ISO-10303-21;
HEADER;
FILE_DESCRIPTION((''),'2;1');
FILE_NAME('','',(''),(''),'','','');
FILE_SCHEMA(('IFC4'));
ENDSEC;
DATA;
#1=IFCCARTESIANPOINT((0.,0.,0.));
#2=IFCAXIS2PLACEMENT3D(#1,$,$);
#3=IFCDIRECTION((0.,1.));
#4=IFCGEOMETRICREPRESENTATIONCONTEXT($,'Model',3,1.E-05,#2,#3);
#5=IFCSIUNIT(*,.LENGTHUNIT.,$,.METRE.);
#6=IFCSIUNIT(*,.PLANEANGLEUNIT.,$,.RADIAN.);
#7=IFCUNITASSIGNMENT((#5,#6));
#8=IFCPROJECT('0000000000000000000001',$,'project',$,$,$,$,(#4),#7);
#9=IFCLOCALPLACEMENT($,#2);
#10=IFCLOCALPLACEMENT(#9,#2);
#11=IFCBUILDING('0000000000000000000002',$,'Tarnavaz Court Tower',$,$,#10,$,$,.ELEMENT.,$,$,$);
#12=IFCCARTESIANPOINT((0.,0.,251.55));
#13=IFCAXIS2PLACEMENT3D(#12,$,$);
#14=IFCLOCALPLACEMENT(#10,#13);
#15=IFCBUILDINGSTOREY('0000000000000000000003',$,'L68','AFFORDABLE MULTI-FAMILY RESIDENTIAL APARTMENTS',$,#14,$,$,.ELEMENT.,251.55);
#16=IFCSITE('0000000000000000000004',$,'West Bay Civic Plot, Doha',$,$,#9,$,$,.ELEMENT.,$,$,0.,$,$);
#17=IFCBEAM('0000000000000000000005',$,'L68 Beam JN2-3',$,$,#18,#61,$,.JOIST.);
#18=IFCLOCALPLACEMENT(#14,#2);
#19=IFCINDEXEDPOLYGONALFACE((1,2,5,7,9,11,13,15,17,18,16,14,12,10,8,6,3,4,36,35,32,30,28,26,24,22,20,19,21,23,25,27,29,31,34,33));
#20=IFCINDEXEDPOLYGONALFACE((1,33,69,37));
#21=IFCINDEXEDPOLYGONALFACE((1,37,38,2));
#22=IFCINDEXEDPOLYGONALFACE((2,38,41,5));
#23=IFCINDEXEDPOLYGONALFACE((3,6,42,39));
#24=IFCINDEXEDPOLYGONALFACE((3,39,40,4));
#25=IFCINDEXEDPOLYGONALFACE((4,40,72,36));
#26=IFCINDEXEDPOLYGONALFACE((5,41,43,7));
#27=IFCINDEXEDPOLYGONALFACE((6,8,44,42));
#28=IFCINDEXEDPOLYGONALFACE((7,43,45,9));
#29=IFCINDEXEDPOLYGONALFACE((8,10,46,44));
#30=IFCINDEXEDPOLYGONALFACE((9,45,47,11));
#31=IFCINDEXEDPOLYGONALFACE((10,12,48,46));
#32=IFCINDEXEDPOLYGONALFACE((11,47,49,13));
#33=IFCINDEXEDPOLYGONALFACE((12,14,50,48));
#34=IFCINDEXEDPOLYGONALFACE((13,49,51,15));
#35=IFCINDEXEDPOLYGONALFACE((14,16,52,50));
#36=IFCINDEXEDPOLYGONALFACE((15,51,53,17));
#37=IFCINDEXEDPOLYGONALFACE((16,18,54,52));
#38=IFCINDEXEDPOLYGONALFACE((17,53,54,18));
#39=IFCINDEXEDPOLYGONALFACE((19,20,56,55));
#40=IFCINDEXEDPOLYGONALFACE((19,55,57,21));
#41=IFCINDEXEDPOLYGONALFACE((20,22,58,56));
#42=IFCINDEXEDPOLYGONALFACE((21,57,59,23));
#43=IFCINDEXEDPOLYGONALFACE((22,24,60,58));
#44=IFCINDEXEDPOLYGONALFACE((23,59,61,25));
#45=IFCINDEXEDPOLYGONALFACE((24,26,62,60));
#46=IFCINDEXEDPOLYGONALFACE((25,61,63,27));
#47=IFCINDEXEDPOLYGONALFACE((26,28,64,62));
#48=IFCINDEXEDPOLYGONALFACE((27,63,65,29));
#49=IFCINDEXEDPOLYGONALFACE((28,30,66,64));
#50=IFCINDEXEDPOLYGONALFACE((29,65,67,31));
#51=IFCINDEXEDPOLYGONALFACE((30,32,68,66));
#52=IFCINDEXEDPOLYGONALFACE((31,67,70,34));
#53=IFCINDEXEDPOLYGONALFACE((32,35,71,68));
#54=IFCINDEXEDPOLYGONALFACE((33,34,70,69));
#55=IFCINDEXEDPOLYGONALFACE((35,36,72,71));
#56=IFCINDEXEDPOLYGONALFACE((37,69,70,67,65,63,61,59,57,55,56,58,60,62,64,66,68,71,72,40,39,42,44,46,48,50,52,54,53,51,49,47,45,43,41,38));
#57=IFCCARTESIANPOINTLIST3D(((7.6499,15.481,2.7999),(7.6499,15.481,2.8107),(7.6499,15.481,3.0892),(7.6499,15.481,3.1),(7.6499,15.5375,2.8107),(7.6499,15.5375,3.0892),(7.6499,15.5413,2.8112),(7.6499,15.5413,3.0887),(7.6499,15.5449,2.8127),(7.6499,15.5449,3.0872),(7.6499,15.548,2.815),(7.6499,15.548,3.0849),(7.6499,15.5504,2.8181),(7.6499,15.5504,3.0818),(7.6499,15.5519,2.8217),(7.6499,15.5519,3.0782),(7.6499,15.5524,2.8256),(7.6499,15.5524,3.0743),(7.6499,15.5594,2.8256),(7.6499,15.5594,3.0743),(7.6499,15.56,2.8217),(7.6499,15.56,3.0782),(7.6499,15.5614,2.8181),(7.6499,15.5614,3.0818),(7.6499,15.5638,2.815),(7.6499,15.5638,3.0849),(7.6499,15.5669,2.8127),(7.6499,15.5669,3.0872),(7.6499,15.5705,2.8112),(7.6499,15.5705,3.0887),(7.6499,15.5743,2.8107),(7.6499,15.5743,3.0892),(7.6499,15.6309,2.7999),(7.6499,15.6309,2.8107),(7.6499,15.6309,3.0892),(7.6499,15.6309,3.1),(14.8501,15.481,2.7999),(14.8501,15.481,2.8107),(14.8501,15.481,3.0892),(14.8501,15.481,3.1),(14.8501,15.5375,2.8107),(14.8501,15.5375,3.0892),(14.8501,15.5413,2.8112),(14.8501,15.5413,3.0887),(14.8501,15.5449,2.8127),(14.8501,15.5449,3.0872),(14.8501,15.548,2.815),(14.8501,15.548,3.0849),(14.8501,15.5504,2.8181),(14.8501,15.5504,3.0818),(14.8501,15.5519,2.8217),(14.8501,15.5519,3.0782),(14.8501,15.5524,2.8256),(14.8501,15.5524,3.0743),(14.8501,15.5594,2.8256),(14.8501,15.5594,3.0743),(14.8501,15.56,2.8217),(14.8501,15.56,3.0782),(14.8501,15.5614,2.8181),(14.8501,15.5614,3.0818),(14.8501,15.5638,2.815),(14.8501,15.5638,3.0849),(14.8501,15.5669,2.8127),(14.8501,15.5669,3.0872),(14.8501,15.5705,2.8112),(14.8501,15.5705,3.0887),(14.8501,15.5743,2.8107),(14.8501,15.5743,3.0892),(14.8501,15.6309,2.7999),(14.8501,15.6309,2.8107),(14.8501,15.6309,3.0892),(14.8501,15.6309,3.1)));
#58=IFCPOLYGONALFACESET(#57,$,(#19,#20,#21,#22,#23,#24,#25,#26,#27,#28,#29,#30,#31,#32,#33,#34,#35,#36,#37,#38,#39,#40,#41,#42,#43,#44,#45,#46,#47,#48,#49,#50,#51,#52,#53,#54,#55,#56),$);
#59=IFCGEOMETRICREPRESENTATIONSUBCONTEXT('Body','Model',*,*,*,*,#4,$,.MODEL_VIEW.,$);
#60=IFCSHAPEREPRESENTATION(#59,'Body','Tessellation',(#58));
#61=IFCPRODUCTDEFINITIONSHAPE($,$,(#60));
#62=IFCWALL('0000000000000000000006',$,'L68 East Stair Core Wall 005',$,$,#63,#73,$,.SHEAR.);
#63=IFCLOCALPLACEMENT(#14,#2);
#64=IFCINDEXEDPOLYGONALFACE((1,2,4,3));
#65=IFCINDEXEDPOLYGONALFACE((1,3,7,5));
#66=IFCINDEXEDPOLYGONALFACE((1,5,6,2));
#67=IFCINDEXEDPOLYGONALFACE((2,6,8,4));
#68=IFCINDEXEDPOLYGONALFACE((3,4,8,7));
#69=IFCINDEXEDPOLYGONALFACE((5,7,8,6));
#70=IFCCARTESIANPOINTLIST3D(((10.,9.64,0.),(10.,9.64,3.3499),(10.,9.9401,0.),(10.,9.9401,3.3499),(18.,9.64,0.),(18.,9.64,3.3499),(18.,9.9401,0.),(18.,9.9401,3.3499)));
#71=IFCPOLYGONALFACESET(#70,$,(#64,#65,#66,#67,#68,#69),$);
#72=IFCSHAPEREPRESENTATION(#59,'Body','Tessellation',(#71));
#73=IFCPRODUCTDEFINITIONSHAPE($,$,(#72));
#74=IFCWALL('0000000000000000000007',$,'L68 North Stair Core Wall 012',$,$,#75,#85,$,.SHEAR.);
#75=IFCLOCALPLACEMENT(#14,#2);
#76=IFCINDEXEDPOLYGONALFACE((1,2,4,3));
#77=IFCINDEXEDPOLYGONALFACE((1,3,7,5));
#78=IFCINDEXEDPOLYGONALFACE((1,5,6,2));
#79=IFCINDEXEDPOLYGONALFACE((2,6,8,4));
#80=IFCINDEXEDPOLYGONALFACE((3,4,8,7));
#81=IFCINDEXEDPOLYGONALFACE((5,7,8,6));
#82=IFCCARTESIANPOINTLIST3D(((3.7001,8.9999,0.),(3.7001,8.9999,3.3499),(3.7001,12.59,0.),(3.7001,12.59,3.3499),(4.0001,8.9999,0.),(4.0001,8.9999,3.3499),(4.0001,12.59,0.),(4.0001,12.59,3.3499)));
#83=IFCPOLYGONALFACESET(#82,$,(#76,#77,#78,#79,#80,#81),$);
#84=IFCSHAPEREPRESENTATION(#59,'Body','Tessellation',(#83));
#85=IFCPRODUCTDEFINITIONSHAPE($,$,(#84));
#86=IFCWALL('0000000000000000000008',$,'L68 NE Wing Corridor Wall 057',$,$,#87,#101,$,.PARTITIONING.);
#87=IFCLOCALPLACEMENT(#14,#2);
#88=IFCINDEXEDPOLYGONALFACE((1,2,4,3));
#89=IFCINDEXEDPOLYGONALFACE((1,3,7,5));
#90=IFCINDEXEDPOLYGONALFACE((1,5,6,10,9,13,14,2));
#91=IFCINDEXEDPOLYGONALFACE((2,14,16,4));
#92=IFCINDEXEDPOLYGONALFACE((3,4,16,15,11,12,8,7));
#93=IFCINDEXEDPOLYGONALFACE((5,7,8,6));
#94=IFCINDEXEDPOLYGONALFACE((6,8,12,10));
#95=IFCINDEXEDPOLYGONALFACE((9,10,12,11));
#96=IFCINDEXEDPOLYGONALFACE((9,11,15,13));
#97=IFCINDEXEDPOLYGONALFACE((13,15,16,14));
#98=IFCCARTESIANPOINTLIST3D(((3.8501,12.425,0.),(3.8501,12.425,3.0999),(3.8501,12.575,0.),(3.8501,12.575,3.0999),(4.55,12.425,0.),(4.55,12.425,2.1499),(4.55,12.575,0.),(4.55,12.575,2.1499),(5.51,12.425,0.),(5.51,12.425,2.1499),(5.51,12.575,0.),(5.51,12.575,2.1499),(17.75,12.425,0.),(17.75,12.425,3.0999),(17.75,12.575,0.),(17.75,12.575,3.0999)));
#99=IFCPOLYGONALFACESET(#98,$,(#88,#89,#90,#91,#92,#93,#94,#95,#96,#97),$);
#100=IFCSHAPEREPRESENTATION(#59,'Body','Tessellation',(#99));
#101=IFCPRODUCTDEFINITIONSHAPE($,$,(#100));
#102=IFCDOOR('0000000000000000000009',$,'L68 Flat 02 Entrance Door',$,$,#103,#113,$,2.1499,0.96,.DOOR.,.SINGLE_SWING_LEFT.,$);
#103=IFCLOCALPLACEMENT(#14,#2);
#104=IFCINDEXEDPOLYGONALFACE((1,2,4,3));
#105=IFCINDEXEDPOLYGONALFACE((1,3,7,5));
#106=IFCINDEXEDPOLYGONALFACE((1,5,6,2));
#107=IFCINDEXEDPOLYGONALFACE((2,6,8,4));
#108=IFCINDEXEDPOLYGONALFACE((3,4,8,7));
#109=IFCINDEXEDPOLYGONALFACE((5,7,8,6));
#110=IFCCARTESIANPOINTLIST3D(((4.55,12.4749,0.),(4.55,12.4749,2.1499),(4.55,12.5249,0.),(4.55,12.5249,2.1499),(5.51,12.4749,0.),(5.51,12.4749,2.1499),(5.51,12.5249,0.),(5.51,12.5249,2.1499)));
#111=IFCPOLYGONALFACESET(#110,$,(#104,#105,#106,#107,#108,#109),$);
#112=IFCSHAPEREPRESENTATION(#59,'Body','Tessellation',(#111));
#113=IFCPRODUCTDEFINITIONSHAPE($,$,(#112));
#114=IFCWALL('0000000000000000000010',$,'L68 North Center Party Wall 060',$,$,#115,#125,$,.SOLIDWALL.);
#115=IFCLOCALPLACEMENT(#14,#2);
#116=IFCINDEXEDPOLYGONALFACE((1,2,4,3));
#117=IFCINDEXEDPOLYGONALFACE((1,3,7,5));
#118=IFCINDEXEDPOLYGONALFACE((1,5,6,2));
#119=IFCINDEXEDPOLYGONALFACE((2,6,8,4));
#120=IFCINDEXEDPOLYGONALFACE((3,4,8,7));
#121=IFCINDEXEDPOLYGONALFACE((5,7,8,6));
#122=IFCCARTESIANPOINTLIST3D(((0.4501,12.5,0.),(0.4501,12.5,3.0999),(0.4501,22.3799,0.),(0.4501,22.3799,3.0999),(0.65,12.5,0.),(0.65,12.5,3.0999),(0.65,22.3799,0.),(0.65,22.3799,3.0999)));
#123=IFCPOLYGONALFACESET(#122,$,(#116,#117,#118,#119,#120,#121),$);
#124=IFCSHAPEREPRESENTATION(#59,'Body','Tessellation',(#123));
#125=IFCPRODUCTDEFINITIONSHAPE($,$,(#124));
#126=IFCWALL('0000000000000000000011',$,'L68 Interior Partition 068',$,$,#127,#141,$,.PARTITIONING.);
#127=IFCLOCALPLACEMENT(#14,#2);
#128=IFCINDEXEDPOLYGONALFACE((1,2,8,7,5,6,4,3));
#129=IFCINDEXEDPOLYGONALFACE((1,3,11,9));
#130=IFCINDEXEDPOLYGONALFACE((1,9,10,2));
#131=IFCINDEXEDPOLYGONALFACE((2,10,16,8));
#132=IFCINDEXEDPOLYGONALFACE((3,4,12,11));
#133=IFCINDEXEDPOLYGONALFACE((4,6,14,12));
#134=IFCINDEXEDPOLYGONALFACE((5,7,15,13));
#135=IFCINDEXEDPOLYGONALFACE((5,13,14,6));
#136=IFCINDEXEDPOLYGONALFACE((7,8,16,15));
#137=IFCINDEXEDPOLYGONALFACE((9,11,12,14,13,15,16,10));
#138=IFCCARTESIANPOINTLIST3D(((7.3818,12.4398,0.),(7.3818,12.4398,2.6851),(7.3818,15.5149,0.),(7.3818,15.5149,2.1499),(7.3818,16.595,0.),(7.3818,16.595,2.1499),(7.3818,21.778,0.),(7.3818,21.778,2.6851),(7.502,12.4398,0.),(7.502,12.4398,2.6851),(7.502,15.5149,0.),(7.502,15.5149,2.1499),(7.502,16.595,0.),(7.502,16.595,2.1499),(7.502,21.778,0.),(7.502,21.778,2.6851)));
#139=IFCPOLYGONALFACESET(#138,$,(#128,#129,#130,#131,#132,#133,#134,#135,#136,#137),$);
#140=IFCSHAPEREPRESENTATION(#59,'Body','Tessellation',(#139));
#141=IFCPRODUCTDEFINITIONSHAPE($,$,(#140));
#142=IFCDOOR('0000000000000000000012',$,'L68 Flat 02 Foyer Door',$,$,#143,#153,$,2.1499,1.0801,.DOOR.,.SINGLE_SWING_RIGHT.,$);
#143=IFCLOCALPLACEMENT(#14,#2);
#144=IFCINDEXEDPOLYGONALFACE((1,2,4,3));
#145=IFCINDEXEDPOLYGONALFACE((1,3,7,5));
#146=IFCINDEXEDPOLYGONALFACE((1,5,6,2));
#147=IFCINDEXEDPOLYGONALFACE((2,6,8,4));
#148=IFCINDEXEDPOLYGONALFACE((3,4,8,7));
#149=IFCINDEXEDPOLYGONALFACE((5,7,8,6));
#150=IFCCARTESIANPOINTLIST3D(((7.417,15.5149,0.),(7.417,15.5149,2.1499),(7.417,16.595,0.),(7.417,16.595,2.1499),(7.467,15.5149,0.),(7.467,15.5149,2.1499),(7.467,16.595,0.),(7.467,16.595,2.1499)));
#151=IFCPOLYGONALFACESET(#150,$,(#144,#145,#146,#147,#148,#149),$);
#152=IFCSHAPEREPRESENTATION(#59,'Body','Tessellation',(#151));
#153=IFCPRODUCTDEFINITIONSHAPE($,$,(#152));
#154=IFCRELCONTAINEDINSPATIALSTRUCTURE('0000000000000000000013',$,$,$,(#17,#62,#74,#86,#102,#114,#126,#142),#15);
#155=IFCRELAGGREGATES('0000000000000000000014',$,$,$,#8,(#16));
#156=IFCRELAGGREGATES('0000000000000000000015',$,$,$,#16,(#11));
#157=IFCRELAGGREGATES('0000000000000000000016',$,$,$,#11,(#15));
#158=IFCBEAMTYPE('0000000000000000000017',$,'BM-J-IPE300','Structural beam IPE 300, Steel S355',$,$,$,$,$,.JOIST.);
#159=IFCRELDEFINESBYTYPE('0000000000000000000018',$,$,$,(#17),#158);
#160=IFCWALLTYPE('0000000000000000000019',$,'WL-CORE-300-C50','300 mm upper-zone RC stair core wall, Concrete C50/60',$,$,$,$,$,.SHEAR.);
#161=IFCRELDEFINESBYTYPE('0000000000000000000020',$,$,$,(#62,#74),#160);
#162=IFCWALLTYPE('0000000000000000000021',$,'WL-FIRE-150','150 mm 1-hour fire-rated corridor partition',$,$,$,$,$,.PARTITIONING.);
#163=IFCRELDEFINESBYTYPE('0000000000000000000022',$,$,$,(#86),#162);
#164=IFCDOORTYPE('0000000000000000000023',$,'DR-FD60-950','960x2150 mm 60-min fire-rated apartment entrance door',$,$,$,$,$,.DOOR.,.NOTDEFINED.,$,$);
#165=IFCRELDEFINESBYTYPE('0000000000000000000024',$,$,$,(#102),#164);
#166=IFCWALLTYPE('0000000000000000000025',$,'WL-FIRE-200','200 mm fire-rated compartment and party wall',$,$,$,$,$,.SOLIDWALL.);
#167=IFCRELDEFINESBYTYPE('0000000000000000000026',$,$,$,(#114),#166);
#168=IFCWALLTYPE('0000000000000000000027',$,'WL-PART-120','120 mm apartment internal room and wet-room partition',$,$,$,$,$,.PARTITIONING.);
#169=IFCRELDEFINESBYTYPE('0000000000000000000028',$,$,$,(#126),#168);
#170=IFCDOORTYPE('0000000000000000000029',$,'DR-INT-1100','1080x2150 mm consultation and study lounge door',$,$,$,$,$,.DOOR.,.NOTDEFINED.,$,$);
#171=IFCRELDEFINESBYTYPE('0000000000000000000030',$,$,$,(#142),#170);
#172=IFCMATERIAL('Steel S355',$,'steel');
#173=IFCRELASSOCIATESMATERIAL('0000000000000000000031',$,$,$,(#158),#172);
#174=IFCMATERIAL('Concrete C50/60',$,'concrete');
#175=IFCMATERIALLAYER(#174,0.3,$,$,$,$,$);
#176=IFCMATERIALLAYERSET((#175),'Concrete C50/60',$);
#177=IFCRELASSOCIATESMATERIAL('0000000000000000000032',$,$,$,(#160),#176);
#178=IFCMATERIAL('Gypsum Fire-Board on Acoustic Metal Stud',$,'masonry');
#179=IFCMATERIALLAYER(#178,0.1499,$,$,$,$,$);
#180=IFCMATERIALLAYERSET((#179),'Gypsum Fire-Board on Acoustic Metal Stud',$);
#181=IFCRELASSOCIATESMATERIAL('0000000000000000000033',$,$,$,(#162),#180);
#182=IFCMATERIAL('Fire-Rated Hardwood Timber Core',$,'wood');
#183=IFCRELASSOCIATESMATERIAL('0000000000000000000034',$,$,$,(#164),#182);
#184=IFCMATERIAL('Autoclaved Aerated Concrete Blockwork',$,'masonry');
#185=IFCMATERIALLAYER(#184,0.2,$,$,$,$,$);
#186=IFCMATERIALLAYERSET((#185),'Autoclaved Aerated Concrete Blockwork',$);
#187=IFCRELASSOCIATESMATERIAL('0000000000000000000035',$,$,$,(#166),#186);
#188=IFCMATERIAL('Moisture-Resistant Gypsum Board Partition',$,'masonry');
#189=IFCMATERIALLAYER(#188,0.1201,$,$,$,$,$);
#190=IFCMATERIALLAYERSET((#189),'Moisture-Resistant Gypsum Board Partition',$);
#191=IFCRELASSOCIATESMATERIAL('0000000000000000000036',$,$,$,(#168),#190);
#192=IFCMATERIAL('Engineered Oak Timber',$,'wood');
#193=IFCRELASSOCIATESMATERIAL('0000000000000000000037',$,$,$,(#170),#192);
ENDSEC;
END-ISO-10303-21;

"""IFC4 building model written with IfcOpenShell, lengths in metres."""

from ifc_helpers import new_model, si_unit, direction, frame, frame_2d, origin, origin_2d, place, context, subcontext, project, spatial, rectangle, i_section, extrude, material, layer, layer_set, material_profile, profile_set, type_object, element, fill, save


model = new_model("IFC4")

# Units and contexts
model_context = context("Model", 3, precision=1e-05, world=origin(), true_north=direction((0.0, 1.0)))
body_context = subcontext(model_context, "Body", "Model", "MODEL_VIEW")
ifc_project = project(units=[si_unit("LENGTHUNIT", "METRE"), si_unit("PLANEANGLEUNIT", "RADIAN")], contexts=[model_context])

# Site, building, storey
site_placement = place(None, origin())
site = spatial("IfcSite", under=ifc_project, at=site_placement, Name="West Bay Civic Plot, Doha", CompositionType="ELEMENT", RefElevation=0.0)
building_placement = place(site_placement, origin())
building = spatial("IfcBuilding", under=site, at=building_placement, Name="Tarnavaz Court Tower", CompositionType="ELEMENT")
storey_placement = place(building_placement, frame((0.0, 0.0, 251.55)))
storey = spatial("IfcBuildingStorey", under=building, at=storey_placement, Name="L68", Description="AFFORDABLE MULTI-FAMILY RESIDENTIAL APARTMENTS", CompositionType="ELEMENT", Elevation=251.55)

# Shared definitions
ifc_material_1 = material(Name="Concrete C50/60", Category="concrete")

# Beam
ifc_material_2 = material(Name="Steel S355", Category="steel")
ifc_material_profile_1 = material_profile(ifc_material_2, i_section(OverallWidth=0.1499, OverallDepth=0.3, WebThickness=0.0071, FlangeThickness=0.0107, FilletRadius=0.0149, at=origin_2d()), Name="IPE 300")
ifc_profile_set_1 = profile_set([ifc_material_profile_1], Name="Steel S355")
beam_type_1 = type_object("IfcBeamType", Name="BM-J-IPE300", Description="Structural beam IPE 300, Steel S355", PredefinedType="JOIST", material=ifc_profile_set_1)
for number, where, z_axis, x_axis, name in (
    (1, (7.6499, 15.5559, 2.95), (1.0, 0.0, 0.0), (0.0, 1.0, 0.0), "L68 Beam JN2-3"),
):
    element("IfcBeam", number, at=place(storey_placement, frame(where, z_axis=z_axis, x_axis=x_axis)), inside=storey, type_object=beam_type_1, Name=name, PredefinedType="JOIST", context=body_context, shape_type="SweptSolid", body=[
        extrude(i_section(OverallWidth=0.1499, OverallDepth=0.3, WebThickness=0.0071, FlangeThickness=0.0107, FilletRadius=0.0149, at=origin_2d()), origin(), (0.0, 0.0, 1.0), 7.2002),
    ])

# Wall
ifc_layer_1 = layer(ifc_material_1, 0.3)
ifc_layer_set_1 = layer_set([ifc_layer_1], Name="Concrete C50/60")
wall_type_1 = type_object("IfcWallType", Name="WL-CORE-300-C50", Description="300 mm upper-zone RC stair core wall, Concrete C50/60", PredefinedType="SHEAR", material=ifc_layer_set_1)
wall_1_placement = place(storey_placement, frame((10.0, 9.79, 0.0), z_axis=(0.0, 0.0, 1.0), x_axis=(1.0, 0.0, 0.0)))
element("IfcWall", 2, at=wall_1_placement, inside=storey, type_object=wall_type_1, Name="L68 East Stair Core Wall 005", PredefinedType="SHEAR", context=body_context, shape_type="SweptSolid", body=[
    extrude(rectangle(XDim=8.0, YDim=0.3, at=frame_2d((4.0, 0.0))), origin(), (0.0, 0.0, 1.0), 3.3499),
])

# Shared definitions
ifc_material_3 = material(Name="Fire-Rated Hardwood Timber Core", Category="wood")

# Wall
wall_2_placement = place(storey_placement, frame((3.8501, 9.0, 0.0), z_axis=(0.0, 0.0, 1.0), x_axis=(0.0, 1.0, 0.0)))
element("IfcWall", 3, at=wall_2_placement, inside=storey, type_object=wall_type_1, Name="L68 North Stair Core Wall 012", PredefinedType="SHEAR", context=body_context, shape_type="SweptSolid", body=[
    extrude(rectangle(XDim=3.5901, YDim=0.3, at=frame_2d((1.7949, 0.0))), origin(), (0.0, 0.0, 1.0), 3.3499),
])

# Wall, opening, door
ifc_material_4 = material(Name="Gypsum Fire-Board on Acoustic Metal Stud", Category="masonry")
ifc_layer_2 = layer(ifc_material_4, 0.1499)
ifc_layer_set_2 = layer_set([ifc_layer_2], Name="Gypsum Fire-Board on Acoustic Metal Stud")
wall_type_2 = type_object("IfcWallType", Name="WL-FIRE-150", Description="150 mm 1-hour fire-rated corridor partition", PredefinedType="PARTITIONING", material=ifc_layer_set_2)
wall_3_placement = place(storey_placement, frame((3.8501, 12.5, 0.0), z_axis=(0.0, 0.0, 1.0), x_axis=(1.0, 0.0, 0.0)))
wall_3 = element("IfcWall", 4, at=wall_3_placement, inside=storey, type_object=wall_type_2, Name="L68 NE Wing Corridor Wall 057", PredefinedType="PARTITIONING", context=body_context, shape_type="SweptSolid", body=[
    extrude(rectangle(XDim=13.8999, YDim=0.1499, at=frame_2d((6.95, 0.0))), origin(), (0.0, 0.0, 1.0), 3.0999),
])
opening_1_placement = place(wall_3_placement, frame((0.7, 0.0, 0.0)))
opening_1 = element("IfcOpeningElement", 5, at=opening_1_placement, cuts=wall_3, PredefinedType="OPENING", context=body_context, shape_type="SweptSolid", body=[
    extrude(rectangle(XDim=0.96, YDim=2.1499, at=frame_2d((0.48, 1.075))), frame((0.0, 0.085, 0.0), z_axis=(0.0, -1.0, 0.0), x_axis=(1.0, 0.0, 0.0)), (0.0, 0.0, 1.0), 0.1699),
])
door_type_1 = type_object("IfcDoorType", Name="DR-FD60-950", Description="960x2150 mm 60-min fire-rated apartment entrance door", OperationType="NOTDEFINED", PredefinedType="DOOR", material=ifc_material_3)
door_1_placement = place(opening_1_placement, origin())
door_1 = element("IfcDoor", 6, at=door_1_placement, inside=storey, type_object=door_type_1, Name="L68 Flat 02 Entrance Door", OperationType="SINGLE_SWING_LEFT", OverallHeight=2.1499, OverallWidth=0.96, PredefinedType="DOOR", context=body_context, shape_type="SweptSolid", body=[
    extrude(rectangle(XDim=0.96, YDim=2.1499, at=frame_2d((0.48, 1.075))), frame((0.0, 0.0249, 0.0), z_axis=(0.0, -1.0, 0.0), x_axis=(1.0, 0.0, 0.0)), (0.0, 0.0, 1.0), 0.05),
])
fill(opening_1, door_1)

# Wall
ifc_material_5 = material(Name="Autoclaved Aerated Concrete Blockwork", Category="masonry")
ifc_layer_3 = layer(ifc_material_5, 0.2)
ifc_layer_set_3 = layer_set([ifc_layer_3], Name="Autoclaved Aerated Concrete Blockwork")
wall_type_3 = type_object("IfcWallType", Name="WL-FIRE-200", Description="200 mm fire-rated compartment and party wall", PredefinedType="SOLIDWALL", material=ifc_layer_set_3)
wall_4_placement = place(storey_placement, frame((0.55, 12.5, 0.0), z_axis=(0.0, 0.0, 1.0), x_axis=(0.0, 1.0, 0.0)))
element("IfcWall", 7, at=wall_4_placement, inside=storey, type_object=wall_type_3, Name="L68 North Center Party Wall 060", PredefinedType="SOLIDWALL", context=body_context, shape_type="SweptSolid", body=[
    extrude(rectangle(XDim=9.8799, YDim=0.2, at=frame_2d((4.9399, 0.0))), origin(), (0.0, 0.0, 1.0), 3.0999),
])

# Wall, opening, door
ifc_material_6 = material(Name="Moisture-Resistant Gypsum Board Partition", Category="masonry")
ifc_layer_4 = layer(ifc_material_6, 0.1201)
ifc_layer_set_4 = layer_set([ifc_layer_4], Name="Moisture-Resistant Gypsum Board Partition")
wall_type_4 = type_object("IfcWallType", Name="WL-PART-120", Description="120 mm apartment internal room and wet-room partition", PredefinedType="PARTITIONING", material=ifc_layer_set_4)
wall_5_placement = place(storey_placement, frame((7.4419, 12.4399, 0.0), z_axis=(0.0, 0.0, 1.0), x_axis=(0.0, 1.0, 0.0)))
wall_5 = element("IfcWall", 8, at=wall_5_placement, inside=storey, type_object=wall_type_4, Name="L68 Interior Partition 068", PredefinedType="PARTITIONING", context=body_context, shape_type="SweptSolid", body=[
    extrude(rectangle(XDim=9.3381, YDim=0.1201, at=frame_2d((4.6689, 0.0))), origin(), (0.0, 0.0, 1.0), 2.6851),
])
opening_2_placement = place(wall_5_placement, frame((3.075, 0.0, 0.0)))
opening_2 = element("IfcOpeningElement", 9, at=opening_2_placement, cuts=wall_5, PredefinedType="OPENING", context=body_context, shape_type="SweptSolid", body=[
    extrude(rectangle(XDim=1.0801, YDim=2.1499, at=frame_2d((0.54, 1.075))), frame((0.0, 0.0701, 0.0), z_axis=(0.0, -1.0, 0.0), x_axis=(1.0, 0.0, 0.0)), (0.0, 0.0, 1.0), 0.1401),
])
ifc_material_7 = material(Name="Engineered Oak Timber", Category="wood")
door_type_2 = type_object("IfcDoorType", Name="DR-INT-1100", Description="1080x2150 mm consultation and study lounge door", OperationType="NOTDEFINED", PredefinedType="DOOR", material=ifc_material_7)
door_2_placement = place(opening_2_placement, origin())
door_2 = element("IfcDoor", 10, at=door_2_placement, inside=storey, type_object=door_type_2, Name="L68 Flat 02 Foyer Door", OperationType="SINGLE_SWING_RIGHT", OverallHeight=2.1499, OverallWidth=1.0801, PredefinedType="DOOR", context=body_context, shape_type="SweptSolid", body=[
    extrude(rectangle(XDim=1.0801, YDim=2.1499, at=frame_2d((0.54, 1.075))), frame((0.0, 0.0249, 0.0), z_axis=(0.0, -1.0, 0.0), x_axis=(1.0, 0.0, 0.0)), (0.0, 0.0, 1.0), 0.05),
])
fill(opening_2, door_2)

save(model, "model.ifc")
